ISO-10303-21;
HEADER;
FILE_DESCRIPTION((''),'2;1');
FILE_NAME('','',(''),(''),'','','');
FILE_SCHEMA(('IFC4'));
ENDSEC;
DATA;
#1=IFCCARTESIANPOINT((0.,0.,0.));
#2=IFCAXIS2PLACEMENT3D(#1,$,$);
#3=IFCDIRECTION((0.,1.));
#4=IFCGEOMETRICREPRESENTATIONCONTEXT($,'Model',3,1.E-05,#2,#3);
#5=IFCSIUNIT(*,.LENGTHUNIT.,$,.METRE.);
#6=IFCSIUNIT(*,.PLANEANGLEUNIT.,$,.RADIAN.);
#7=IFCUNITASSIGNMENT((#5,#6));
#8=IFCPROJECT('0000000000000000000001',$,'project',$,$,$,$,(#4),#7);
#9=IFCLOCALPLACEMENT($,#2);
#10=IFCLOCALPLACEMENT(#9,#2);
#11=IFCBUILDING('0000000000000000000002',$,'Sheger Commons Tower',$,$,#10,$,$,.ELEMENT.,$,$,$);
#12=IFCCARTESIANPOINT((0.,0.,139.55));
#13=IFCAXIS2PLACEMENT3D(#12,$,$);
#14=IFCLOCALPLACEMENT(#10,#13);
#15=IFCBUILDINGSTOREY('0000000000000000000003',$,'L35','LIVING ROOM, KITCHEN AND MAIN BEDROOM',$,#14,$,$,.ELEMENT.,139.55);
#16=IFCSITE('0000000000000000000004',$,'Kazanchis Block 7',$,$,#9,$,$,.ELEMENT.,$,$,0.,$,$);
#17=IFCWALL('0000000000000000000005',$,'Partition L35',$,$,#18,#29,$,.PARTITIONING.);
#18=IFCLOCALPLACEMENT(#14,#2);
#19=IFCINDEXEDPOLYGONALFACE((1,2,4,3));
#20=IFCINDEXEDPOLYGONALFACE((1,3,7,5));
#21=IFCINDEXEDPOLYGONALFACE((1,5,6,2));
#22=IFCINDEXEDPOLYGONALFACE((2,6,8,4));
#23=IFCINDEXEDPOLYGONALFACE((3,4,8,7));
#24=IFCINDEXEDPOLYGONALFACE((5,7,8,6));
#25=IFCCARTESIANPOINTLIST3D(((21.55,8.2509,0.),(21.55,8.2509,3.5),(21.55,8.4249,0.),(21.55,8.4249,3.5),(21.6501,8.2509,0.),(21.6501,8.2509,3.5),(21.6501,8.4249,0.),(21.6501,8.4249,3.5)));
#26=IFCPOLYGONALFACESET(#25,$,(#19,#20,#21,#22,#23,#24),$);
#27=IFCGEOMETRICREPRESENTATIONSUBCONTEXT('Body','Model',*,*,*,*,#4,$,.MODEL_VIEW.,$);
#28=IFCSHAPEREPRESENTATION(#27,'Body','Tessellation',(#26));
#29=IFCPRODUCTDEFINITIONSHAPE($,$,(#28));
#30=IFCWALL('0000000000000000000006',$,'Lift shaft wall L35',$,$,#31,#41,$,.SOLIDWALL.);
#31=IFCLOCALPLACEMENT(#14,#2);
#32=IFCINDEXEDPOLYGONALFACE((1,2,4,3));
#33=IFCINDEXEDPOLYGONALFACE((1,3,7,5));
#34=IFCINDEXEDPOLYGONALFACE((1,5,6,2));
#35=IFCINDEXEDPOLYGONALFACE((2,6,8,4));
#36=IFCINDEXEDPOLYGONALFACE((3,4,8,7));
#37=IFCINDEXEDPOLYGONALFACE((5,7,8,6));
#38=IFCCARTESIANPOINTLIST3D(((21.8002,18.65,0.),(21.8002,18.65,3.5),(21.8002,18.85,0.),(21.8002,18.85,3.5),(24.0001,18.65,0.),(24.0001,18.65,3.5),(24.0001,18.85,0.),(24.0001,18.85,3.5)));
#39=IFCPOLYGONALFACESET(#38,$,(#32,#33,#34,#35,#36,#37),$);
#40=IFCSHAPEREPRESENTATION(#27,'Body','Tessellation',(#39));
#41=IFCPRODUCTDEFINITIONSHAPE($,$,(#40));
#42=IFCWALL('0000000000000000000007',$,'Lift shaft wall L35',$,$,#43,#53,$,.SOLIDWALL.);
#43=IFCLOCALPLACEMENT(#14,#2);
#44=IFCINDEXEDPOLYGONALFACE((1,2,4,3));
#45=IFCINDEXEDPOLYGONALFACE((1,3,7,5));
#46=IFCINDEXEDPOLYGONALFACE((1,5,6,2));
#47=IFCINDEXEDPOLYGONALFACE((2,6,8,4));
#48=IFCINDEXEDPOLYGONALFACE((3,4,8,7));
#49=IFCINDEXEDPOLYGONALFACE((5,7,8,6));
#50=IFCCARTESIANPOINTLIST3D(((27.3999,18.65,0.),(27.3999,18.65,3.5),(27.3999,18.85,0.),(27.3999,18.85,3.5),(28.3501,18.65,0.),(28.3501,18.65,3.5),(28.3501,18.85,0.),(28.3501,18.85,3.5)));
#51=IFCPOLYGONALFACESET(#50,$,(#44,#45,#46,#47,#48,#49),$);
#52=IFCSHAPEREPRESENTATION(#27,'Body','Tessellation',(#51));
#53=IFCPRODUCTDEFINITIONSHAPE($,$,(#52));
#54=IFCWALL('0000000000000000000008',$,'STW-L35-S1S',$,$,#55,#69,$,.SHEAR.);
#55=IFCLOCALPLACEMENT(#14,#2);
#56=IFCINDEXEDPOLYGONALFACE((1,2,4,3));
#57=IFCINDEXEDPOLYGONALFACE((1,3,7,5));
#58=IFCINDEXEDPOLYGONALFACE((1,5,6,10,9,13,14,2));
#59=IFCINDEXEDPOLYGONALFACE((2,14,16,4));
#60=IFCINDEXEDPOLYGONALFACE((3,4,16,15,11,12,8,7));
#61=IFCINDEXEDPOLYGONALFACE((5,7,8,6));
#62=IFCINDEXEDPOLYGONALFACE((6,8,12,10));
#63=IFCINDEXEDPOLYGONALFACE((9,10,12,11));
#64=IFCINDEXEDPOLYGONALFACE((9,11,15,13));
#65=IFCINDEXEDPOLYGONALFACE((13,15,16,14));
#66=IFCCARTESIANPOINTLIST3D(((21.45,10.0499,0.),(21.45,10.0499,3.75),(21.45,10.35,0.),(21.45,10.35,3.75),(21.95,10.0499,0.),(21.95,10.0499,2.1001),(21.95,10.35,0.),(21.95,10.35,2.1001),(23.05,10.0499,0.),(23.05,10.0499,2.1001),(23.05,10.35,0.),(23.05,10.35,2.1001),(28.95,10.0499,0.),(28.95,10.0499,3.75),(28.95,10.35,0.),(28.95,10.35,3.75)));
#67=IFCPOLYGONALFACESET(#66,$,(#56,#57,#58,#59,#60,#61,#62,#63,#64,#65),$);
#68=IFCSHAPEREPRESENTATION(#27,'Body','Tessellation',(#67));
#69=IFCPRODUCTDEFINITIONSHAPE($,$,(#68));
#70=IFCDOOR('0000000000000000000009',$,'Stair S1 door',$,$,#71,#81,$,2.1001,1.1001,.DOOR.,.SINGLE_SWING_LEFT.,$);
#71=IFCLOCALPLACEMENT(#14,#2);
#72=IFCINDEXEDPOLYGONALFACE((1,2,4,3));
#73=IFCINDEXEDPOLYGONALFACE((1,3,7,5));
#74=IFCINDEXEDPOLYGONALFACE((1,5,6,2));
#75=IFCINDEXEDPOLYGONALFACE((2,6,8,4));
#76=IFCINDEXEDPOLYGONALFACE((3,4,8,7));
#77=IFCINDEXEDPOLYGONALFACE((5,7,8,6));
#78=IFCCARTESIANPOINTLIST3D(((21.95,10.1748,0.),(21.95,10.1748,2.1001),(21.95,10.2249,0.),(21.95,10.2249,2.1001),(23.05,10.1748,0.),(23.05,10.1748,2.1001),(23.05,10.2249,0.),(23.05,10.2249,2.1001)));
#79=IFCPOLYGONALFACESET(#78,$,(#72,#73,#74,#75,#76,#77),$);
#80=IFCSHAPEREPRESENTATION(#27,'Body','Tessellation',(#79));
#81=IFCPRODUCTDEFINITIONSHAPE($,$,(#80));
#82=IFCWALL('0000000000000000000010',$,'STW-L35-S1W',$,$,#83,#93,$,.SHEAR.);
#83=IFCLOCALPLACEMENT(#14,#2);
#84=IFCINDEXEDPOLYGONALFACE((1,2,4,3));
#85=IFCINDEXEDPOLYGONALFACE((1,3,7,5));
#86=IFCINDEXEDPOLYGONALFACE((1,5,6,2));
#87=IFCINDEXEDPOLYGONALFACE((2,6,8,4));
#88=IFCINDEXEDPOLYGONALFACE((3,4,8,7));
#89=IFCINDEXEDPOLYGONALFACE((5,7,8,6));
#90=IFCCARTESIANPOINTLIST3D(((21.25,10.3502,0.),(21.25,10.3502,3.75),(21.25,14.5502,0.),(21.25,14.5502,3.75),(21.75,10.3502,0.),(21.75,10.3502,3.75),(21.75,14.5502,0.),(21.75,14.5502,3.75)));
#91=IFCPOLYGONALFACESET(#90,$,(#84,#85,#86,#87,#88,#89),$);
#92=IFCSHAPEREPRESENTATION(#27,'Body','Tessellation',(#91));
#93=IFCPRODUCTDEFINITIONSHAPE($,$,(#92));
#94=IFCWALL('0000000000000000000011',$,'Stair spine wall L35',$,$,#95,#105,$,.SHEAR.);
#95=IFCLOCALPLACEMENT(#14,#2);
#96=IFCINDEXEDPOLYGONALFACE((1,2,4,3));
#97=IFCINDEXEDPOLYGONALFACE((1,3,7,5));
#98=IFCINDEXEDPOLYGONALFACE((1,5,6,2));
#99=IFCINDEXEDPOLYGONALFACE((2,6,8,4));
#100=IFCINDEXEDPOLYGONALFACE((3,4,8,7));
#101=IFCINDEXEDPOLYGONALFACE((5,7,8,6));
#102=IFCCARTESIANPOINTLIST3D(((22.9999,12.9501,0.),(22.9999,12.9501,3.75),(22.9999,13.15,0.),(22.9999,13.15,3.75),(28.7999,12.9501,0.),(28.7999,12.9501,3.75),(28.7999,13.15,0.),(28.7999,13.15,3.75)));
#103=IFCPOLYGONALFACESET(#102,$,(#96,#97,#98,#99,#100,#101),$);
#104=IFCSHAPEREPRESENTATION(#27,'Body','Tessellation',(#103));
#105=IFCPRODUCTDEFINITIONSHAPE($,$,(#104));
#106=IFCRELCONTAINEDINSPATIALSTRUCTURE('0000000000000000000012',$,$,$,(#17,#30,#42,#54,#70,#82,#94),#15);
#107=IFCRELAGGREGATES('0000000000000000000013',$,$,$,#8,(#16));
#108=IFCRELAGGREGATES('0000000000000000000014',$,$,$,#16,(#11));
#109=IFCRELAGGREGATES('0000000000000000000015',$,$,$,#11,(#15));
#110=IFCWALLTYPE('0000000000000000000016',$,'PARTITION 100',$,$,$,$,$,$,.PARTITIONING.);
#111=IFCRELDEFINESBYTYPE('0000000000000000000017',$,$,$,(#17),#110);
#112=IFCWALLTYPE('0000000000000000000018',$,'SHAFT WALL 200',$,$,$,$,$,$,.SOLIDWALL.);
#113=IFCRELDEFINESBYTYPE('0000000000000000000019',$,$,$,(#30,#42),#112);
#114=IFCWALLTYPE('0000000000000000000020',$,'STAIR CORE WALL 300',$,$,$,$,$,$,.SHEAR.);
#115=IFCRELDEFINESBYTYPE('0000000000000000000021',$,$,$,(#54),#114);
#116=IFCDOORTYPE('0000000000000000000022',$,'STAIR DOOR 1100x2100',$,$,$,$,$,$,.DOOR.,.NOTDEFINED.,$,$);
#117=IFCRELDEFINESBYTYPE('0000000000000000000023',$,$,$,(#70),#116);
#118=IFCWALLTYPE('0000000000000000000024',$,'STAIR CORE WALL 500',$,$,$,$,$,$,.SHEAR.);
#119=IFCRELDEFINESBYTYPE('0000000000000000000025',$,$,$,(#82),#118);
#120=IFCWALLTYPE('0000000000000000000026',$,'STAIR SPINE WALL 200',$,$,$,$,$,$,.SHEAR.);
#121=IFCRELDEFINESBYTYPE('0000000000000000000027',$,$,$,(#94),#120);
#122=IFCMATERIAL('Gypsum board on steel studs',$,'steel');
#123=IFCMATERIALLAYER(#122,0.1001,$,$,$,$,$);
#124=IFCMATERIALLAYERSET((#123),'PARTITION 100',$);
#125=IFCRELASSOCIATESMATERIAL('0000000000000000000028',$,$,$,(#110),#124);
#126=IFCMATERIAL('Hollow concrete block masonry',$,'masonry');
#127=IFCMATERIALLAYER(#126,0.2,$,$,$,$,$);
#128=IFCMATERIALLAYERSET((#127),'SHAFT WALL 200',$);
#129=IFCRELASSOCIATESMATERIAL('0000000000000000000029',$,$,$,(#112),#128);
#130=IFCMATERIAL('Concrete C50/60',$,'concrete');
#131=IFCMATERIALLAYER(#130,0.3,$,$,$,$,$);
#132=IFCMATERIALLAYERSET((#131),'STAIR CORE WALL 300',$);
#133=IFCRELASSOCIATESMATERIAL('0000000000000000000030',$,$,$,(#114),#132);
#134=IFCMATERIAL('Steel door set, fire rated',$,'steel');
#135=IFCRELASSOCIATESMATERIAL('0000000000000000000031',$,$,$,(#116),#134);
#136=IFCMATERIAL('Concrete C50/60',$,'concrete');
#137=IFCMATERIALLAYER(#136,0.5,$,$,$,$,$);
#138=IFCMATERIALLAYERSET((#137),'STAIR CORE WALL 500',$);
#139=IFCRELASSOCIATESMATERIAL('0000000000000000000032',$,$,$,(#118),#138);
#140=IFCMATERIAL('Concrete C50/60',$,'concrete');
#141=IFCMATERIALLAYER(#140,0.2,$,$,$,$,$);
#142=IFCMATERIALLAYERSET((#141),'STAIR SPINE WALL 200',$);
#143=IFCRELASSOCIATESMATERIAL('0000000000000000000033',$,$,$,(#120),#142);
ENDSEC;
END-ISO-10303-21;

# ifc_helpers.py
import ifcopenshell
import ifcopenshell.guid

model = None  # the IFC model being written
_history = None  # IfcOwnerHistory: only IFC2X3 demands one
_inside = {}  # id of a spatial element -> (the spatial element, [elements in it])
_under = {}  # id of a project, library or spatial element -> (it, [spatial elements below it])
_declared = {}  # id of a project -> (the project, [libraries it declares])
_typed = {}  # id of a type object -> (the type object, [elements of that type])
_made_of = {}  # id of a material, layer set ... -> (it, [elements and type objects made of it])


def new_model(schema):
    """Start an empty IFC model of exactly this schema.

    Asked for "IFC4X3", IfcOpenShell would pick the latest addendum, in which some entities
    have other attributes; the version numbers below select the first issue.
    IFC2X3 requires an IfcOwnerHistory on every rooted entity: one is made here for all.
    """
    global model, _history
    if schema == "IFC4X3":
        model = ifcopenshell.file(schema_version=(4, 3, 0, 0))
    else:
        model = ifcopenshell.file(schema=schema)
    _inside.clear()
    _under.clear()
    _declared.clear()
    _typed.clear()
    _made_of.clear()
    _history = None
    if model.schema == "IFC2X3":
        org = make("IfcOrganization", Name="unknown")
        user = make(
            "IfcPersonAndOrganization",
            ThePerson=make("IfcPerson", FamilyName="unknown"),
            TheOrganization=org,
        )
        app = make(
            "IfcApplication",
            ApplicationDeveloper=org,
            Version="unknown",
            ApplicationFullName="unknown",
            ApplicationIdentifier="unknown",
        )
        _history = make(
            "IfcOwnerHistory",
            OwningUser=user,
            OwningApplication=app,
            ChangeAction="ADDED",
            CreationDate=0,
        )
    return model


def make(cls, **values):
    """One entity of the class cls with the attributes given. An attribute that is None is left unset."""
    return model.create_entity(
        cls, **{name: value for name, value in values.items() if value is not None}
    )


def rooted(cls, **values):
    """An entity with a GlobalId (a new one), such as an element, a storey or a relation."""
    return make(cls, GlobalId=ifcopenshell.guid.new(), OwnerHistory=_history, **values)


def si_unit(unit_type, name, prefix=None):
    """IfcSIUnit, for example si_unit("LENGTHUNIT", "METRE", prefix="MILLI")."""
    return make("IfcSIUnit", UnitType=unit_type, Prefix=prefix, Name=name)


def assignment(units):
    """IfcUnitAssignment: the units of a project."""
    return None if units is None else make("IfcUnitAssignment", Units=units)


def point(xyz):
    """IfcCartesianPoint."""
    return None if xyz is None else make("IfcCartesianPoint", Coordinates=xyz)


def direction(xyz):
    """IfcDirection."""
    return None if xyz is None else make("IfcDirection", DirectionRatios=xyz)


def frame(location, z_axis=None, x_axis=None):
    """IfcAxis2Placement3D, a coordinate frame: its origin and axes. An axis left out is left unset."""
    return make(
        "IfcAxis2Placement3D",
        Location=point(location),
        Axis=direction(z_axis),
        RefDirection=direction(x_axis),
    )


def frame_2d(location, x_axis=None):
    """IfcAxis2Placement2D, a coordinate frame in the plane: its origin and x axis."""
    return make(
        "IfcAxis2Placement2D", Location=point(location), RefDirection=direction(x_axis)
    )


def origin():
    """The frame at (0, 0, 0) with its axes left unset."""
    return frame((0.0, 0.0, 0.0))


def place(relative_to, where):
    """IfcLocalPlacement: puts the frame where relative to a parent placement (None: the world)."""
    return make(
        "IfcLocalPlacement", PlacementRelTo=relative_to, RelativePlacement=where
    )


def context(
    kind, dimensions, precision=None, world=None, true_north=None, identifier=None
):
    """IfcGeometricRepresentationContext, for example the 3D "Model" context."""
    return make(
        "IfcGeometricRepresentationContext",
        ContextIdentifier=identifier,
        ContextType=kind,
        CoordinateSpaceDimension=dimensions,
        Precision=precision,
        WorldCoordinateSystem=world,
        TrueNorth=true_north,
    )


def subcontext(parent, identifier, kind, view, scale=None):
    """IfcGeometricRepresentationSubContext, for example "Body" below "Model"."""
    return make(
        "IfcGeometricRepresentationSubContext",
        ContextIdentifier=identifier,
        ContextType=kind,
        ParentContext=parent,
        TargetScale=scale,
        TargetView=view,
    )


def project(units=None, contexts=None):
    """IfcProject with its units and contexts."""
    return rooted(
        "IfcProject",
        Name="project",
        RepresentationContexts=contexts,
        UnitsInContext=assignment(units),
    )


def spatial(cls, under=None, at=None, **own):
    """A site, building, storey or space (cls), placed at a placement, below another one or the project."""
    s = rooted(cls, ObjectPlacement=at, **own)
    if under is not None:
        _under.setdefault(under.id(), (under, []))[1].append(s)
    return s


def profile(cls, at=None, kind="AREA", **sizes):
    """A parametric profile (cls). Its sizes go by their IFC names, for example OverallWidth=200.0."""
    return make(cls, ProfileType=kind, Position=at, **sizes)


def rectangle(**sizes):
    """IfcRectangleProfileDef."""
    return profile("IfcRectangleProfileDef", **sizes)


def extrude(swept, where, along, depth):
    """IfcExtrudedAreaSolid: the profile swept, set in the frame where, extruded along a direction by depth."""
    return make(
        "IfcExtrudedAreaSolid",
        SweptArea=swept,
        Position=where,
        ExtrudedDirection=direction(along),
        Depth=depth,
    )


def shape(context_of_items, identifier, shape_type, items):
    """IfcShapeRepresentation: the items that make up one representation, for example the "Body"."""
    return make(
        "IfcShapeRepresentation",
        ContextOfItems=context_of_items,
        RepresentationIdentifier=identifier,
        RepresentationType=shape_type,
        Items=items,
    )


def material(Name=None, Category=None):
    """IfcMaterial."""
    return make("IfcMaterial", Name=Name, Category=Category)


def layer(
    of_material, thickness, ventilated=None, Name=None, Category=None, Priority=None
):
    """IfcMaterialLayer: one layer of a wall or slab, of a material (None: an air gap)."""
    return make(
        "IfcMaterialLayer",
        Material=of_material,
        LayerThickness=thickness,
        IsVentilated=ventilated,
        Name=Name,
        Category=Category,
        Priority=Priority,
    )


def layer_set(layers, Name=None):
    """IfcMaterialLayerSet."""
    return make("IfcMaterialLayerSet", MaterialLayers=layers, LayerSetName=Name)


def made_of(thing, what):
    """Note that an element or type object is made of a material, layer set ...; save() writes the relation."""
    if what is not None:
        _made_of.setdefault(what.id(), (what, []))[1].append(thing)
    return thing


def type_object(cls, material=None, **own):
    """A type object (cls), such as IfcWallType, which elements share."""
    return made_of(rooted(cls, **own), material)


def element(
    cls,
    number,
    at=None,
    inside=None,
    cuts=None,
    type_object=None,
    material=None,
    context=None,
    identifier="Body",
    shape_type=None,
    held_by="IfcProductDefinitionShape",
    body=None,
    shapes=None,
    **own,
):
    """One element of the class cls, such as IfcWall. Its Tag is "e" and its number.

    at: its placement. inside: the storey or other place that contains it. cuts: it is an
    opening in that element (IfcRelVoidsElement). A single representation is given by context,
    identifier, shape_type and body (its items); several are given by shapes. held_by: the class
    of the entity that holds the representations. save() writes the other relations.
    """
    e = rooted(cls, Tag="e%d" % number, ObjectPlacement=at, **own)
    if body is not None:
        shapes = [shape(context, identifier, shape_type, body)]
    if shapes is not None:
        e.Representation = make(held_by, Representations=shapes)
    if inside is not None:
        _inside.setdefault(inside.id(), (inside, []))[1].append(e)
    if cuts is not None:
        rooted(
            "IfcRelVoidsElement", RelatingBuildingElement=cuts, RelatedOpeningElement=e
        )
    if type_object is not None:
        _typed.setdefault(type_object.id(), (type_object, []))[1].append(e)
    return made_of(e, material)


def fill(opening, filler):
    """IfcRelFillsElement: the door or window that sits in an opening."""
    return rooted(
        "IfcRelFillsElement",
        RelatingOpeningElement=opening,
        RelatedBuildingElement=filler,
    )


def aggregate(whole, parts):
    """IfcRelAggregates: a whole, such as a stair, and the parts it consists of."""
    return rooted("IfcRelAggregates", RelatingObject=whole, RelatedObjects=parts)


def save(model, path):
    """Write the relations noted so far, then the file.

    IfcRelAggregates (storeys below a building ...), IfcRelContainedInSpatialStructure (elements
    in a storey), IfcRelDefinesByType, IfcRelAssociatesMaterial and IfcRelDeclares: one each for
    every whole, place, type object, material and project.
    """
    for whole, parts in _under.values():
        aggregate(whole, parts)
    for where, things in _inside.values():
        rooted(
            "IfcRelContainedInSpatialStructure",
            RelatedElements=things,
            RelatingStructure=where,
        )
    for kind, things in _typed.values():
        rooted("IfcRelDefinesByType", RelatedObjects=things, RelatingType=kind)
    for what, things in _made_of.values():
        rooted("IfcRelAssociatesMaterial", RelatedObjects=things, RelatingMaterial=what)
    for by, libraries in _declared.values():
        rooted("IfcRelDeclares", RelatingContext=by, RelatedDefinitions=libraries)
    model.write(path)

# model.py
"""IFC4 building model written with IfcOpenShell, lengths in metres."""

from ifc_helpers import new_model, si_unit, direction, frame, frame_2d, origin, place, context, subcontext, project, spatial, rectangle, extrude, material, layer, layer_set, type_object, element, fill, save


model = new_model("IFC4")

# Units and contexts
model_context = context("Model", 3, precision=1e-05, world=origin(), true_north=direction((0.0, 1.0)))
body_context = subcontext(model_context, "Body", "Model", "MODEL_VIEW")
ifc_project = project(units=[si_unit("LENGTHUNIT", "METRE"), si_unit("PLANEANGLEUNIT", "RADIAN")], contexts=[model_context])

# Site, building, storey
site_placement = place(None, origin())
site = spatial("IfcSite", under=ifc_project, at=site_placement, Name="Kazanchis Block 7", CompositionType="ELEMENT", RefElevation=0.0)
building_placement = place(site_placement, origin())
building = spatial("IfcBuilding", under=site, at=building_placement, Name="Sheger Commons Tower", CompositionType="ELEMENT")
storey_placement = place(building_placement, frame((0.0, 0.0, 139.55)))
storey = spatial("IfcBuildingStorey", under=building, at=storey_placement, Name="L35", Description="LIVING ROOM, KITCHEN AND MAIN BEDROOM", CompositionType="ELEMENT", Elevation=139.55)

# Walls
ifc_material_1 = material(Name="Gypsum board on steel studs", Category="steel")
ifc_layer_1 = layer(ifc_material_1, 0.1001)
ifc_layer_set_1 = layer_set([ifc_layer_1], Name="PARTITION 100")
wall_type_1 = type_object("IfcWallType", Name="PARTITION 100", PredefinedType="PARTITIONING", material=ifc_layer_set_1)
wall_1_placement = place(storey_placement, frame((21.6001, 8.251, 0.0), z_axis=(0.0, 0.0, 1.0), x_axis=(0.0, 1.0, 0.0)))
element("IfcWall", 1, at=wall_1_placement, inside=storey, type_object=wall_type_1, Name="Partition L35", PredefinedType="PARTITIONING", context=body_context, shape_type="SweptSolid", body=[
    extrude(rectangle(XDim=0.1741, YDim=0.1001, at=frame_2d((0.0869, 0.0))), origin(), (0.0, 0.0, 1.0), 3.5),
])
ifc_material_2 = material(Name="Hollow concrete block masonry", Category="masonry")
ifc_layer_2 = layer(ifc_material_2, 0.2)
ifc_layer_set_2 = layer_set([ifc_layer_2], Name="SHAFT WALL 200")
wall_type_2 = type_object("IfcWallType", Name="SHAFT WALL 200", PredefinedType="SOLIDWALL", material=ifc_layer_set_2)
wall_2_placement = place(storey_placement, frame((21.8, 18.75, 0.0), z_axis=(0.0, 0.0, 1.0), x_axis=(1.0, 0.0, 0.0)))
element("IfcWall", 2, at=wall_2_placement, inside=storey, type_object=wall_type_2, Name="Lift shaft wall L35", PredefinedType="SOLIDWALL", context=body_context, shape_type="SweptSolid", body=[
    extrude(rectangle(XDim=2.2, YDim=0.2, at=frame_2d((1.1001, 0.0))), origin(), (0.0, 0.0, 1.0), 3.5),
])
wall_3_placement = place(storey_placement, frame((27.3999, 18.75, 0.0), z_axis=(0.0, 0.0, 1.0), x_axis=(1.0, 0.0, 0.0)))
element("IfcWall", 3, at=wall_3_placement, inside=storey, type_object=wall_type_2, Name="Lift shaft wall L35", PredefinedType="SOLIDWALL", context=body_context, shape_type="SweptSolid", body=[
    extrude(rectangle(XDim=0.9502, YDim=0.2, at=frame_2d((0.4751, 0.0))), origin(), (0.0, 0.0, 1.0), 3.5),
])

# Wall, opening, door
ifc_material_3 = material(Name="Concrete C50/60", Category="concrete")
ifc_layer_3 = layer(ifc_material_3, 0.3)
ifc_layer_set_3 = layer_set([ifc_layer_3], Name="STAIR CORE WALL 300")
wall_type_3 = type_object("IfcWallType", Name="STAIR CORE WALL 300", PredefinedType="SHEAR", material=ifc_layer_set_3)
wall_4_placement = place(storey_placement, frame((21.45, 10.2, 0.0), z_axis=(0.0, 0.0, 1.0), x_axis=(1.0, 0.0, 0.0)))
wall_4 = element("IfcWall", 4, at=wall_4_placement, inside=storey, type_object=wall_type_3, Name="STW-L35-S1S", PredefinedType="SHEAR", context=body_context, shape_type="SweptSolid", body=[
    extrude(rectangle(XDim=7.5, YDim=0.3, at=frame_2d((3.75, 0.0))), origin(), (0.0, 0.0, 1.0), 3.75),
])
opening_1_placement = place(wall_4_placement, frame((0.5, 0.0, 0.0)))
opening_1 = element("IfcOpeningElement", 5, at=opening_1_placement, cuts=wall_4, PredefinedType="OPENING", context=body_context, shape_type="SweptSolid", body=[
    extrude(rectangle(XDim=1.1001, YDim=2.1001, at=frame_2d((0.55, 1.05))), frame((0.0, 0.1599, 0.0), z_axis=(0.0, -1.0, 0.0), x_axis=(1.0, 0.0, 0.0)), (0.0, 0.0, 1.0), 0.3201),
])
ifc_material_4 = material(Name="Steel door set, fire rated", Category="steel")
door_type_1 = type_object("IfcDoorType", Name="STAIR DOOR 1100x2100", OperationType="NOTDEFINED", PredefinedType="DOOR", material=ifc_material_4)
door_1_placement = place(opening_1_placement, origin())
door_1 = element("IfcDoor", 6, at=door_1_placement, inside=storey, type_object=door_type_1, Name="Stair S1 door", OperationType="SINGLE_SWING_LEFT", OverallHeight=2.1001, OverallWidth=1.1001, PredefinedType="DOOR", context=body_context, shape_type="SweptSolid", body=[
    extrude(rectangle(XDim=1.1001, YDim=2.1001, at=frame_2d((0.55, 1.05))), frame((0.0, 0.0249, 0.0), z_axis=(0.0, -1.0, 0.0), x_axis=(1.0, 0.0, 0.0)), (0.0, 0.0, 1.0), 0.05),
])
fill(opening_1, door_1)

# Walls
ifc_material_5 = material(Name="Concrete C50/60", Category="concrete")
ifc_layer_4 = layer(ifc_material_5, 0.5)
ifc_layer_set_4 = layer_set([ifc_layer_4], Name="STAIR CORE WALL 500")
wall_type_4 = type_object("IfcWallType", Name="STAIR CORE WALL 500", PredefinedType="SHEAR", material=ifc_layer_set_4)
wall_5_placement = place(storey_placement, frame((21.5, 10.3501, 0.0), z_axis=(0.0, 0.0, 1.0), x_axis=(0.0, 1.0, 0.0)))
element("IfcWall", 7, at=wall_5_placement, inside=storey, type_object=wall_type_4, Name="STW-L35-S1W", PredefinedType="SHEAR", context=body_context, shape_type="SweptSolid", body=[
    extrude(rectangle(XDim=4.2, YDim=0.5, at=frame_2d((2.1001, 0.0))), origin(), (0.0, 0.0, 1.0), 3.75),
])
ifc_material_6 = material(Name="Concrete C50/60", Category="concrete")
ifc_layer_5 = layer(ifc_material_6, 0.2)
ifc_layer_set_5 = layer_set([ifc_layer_5], Name="STAIR SPINE WALL 200")
wall_type_5 = type_object("IfcWallType", Name="STAIR SPINE WALL 200", PredefinedType="SHEAR", material=ifc_layer_set_5)
wall_6_placement = place(storey_placement, frame((23.0, 13.05, 0.0), z_axis=(0.0, 0.0, 1.0), x_axis=(1.0, 0.0, 0.0)))
element("IfcWall", 8, at=wall_6_placement, inside=storey, type_object=wall_type_5, Name="Stair spine wall L35", PredefinedType="SHEAR", context=body_context, shape_type="SweptSolid", body=[
    extrude(rectangle(XDim=5.8, YDim=0.2, at=frame_2d((2.8999, 0.0))), origin(), (0.0, 0.0, 1.0), 3.75),
])

save(model, "model.ifc")
